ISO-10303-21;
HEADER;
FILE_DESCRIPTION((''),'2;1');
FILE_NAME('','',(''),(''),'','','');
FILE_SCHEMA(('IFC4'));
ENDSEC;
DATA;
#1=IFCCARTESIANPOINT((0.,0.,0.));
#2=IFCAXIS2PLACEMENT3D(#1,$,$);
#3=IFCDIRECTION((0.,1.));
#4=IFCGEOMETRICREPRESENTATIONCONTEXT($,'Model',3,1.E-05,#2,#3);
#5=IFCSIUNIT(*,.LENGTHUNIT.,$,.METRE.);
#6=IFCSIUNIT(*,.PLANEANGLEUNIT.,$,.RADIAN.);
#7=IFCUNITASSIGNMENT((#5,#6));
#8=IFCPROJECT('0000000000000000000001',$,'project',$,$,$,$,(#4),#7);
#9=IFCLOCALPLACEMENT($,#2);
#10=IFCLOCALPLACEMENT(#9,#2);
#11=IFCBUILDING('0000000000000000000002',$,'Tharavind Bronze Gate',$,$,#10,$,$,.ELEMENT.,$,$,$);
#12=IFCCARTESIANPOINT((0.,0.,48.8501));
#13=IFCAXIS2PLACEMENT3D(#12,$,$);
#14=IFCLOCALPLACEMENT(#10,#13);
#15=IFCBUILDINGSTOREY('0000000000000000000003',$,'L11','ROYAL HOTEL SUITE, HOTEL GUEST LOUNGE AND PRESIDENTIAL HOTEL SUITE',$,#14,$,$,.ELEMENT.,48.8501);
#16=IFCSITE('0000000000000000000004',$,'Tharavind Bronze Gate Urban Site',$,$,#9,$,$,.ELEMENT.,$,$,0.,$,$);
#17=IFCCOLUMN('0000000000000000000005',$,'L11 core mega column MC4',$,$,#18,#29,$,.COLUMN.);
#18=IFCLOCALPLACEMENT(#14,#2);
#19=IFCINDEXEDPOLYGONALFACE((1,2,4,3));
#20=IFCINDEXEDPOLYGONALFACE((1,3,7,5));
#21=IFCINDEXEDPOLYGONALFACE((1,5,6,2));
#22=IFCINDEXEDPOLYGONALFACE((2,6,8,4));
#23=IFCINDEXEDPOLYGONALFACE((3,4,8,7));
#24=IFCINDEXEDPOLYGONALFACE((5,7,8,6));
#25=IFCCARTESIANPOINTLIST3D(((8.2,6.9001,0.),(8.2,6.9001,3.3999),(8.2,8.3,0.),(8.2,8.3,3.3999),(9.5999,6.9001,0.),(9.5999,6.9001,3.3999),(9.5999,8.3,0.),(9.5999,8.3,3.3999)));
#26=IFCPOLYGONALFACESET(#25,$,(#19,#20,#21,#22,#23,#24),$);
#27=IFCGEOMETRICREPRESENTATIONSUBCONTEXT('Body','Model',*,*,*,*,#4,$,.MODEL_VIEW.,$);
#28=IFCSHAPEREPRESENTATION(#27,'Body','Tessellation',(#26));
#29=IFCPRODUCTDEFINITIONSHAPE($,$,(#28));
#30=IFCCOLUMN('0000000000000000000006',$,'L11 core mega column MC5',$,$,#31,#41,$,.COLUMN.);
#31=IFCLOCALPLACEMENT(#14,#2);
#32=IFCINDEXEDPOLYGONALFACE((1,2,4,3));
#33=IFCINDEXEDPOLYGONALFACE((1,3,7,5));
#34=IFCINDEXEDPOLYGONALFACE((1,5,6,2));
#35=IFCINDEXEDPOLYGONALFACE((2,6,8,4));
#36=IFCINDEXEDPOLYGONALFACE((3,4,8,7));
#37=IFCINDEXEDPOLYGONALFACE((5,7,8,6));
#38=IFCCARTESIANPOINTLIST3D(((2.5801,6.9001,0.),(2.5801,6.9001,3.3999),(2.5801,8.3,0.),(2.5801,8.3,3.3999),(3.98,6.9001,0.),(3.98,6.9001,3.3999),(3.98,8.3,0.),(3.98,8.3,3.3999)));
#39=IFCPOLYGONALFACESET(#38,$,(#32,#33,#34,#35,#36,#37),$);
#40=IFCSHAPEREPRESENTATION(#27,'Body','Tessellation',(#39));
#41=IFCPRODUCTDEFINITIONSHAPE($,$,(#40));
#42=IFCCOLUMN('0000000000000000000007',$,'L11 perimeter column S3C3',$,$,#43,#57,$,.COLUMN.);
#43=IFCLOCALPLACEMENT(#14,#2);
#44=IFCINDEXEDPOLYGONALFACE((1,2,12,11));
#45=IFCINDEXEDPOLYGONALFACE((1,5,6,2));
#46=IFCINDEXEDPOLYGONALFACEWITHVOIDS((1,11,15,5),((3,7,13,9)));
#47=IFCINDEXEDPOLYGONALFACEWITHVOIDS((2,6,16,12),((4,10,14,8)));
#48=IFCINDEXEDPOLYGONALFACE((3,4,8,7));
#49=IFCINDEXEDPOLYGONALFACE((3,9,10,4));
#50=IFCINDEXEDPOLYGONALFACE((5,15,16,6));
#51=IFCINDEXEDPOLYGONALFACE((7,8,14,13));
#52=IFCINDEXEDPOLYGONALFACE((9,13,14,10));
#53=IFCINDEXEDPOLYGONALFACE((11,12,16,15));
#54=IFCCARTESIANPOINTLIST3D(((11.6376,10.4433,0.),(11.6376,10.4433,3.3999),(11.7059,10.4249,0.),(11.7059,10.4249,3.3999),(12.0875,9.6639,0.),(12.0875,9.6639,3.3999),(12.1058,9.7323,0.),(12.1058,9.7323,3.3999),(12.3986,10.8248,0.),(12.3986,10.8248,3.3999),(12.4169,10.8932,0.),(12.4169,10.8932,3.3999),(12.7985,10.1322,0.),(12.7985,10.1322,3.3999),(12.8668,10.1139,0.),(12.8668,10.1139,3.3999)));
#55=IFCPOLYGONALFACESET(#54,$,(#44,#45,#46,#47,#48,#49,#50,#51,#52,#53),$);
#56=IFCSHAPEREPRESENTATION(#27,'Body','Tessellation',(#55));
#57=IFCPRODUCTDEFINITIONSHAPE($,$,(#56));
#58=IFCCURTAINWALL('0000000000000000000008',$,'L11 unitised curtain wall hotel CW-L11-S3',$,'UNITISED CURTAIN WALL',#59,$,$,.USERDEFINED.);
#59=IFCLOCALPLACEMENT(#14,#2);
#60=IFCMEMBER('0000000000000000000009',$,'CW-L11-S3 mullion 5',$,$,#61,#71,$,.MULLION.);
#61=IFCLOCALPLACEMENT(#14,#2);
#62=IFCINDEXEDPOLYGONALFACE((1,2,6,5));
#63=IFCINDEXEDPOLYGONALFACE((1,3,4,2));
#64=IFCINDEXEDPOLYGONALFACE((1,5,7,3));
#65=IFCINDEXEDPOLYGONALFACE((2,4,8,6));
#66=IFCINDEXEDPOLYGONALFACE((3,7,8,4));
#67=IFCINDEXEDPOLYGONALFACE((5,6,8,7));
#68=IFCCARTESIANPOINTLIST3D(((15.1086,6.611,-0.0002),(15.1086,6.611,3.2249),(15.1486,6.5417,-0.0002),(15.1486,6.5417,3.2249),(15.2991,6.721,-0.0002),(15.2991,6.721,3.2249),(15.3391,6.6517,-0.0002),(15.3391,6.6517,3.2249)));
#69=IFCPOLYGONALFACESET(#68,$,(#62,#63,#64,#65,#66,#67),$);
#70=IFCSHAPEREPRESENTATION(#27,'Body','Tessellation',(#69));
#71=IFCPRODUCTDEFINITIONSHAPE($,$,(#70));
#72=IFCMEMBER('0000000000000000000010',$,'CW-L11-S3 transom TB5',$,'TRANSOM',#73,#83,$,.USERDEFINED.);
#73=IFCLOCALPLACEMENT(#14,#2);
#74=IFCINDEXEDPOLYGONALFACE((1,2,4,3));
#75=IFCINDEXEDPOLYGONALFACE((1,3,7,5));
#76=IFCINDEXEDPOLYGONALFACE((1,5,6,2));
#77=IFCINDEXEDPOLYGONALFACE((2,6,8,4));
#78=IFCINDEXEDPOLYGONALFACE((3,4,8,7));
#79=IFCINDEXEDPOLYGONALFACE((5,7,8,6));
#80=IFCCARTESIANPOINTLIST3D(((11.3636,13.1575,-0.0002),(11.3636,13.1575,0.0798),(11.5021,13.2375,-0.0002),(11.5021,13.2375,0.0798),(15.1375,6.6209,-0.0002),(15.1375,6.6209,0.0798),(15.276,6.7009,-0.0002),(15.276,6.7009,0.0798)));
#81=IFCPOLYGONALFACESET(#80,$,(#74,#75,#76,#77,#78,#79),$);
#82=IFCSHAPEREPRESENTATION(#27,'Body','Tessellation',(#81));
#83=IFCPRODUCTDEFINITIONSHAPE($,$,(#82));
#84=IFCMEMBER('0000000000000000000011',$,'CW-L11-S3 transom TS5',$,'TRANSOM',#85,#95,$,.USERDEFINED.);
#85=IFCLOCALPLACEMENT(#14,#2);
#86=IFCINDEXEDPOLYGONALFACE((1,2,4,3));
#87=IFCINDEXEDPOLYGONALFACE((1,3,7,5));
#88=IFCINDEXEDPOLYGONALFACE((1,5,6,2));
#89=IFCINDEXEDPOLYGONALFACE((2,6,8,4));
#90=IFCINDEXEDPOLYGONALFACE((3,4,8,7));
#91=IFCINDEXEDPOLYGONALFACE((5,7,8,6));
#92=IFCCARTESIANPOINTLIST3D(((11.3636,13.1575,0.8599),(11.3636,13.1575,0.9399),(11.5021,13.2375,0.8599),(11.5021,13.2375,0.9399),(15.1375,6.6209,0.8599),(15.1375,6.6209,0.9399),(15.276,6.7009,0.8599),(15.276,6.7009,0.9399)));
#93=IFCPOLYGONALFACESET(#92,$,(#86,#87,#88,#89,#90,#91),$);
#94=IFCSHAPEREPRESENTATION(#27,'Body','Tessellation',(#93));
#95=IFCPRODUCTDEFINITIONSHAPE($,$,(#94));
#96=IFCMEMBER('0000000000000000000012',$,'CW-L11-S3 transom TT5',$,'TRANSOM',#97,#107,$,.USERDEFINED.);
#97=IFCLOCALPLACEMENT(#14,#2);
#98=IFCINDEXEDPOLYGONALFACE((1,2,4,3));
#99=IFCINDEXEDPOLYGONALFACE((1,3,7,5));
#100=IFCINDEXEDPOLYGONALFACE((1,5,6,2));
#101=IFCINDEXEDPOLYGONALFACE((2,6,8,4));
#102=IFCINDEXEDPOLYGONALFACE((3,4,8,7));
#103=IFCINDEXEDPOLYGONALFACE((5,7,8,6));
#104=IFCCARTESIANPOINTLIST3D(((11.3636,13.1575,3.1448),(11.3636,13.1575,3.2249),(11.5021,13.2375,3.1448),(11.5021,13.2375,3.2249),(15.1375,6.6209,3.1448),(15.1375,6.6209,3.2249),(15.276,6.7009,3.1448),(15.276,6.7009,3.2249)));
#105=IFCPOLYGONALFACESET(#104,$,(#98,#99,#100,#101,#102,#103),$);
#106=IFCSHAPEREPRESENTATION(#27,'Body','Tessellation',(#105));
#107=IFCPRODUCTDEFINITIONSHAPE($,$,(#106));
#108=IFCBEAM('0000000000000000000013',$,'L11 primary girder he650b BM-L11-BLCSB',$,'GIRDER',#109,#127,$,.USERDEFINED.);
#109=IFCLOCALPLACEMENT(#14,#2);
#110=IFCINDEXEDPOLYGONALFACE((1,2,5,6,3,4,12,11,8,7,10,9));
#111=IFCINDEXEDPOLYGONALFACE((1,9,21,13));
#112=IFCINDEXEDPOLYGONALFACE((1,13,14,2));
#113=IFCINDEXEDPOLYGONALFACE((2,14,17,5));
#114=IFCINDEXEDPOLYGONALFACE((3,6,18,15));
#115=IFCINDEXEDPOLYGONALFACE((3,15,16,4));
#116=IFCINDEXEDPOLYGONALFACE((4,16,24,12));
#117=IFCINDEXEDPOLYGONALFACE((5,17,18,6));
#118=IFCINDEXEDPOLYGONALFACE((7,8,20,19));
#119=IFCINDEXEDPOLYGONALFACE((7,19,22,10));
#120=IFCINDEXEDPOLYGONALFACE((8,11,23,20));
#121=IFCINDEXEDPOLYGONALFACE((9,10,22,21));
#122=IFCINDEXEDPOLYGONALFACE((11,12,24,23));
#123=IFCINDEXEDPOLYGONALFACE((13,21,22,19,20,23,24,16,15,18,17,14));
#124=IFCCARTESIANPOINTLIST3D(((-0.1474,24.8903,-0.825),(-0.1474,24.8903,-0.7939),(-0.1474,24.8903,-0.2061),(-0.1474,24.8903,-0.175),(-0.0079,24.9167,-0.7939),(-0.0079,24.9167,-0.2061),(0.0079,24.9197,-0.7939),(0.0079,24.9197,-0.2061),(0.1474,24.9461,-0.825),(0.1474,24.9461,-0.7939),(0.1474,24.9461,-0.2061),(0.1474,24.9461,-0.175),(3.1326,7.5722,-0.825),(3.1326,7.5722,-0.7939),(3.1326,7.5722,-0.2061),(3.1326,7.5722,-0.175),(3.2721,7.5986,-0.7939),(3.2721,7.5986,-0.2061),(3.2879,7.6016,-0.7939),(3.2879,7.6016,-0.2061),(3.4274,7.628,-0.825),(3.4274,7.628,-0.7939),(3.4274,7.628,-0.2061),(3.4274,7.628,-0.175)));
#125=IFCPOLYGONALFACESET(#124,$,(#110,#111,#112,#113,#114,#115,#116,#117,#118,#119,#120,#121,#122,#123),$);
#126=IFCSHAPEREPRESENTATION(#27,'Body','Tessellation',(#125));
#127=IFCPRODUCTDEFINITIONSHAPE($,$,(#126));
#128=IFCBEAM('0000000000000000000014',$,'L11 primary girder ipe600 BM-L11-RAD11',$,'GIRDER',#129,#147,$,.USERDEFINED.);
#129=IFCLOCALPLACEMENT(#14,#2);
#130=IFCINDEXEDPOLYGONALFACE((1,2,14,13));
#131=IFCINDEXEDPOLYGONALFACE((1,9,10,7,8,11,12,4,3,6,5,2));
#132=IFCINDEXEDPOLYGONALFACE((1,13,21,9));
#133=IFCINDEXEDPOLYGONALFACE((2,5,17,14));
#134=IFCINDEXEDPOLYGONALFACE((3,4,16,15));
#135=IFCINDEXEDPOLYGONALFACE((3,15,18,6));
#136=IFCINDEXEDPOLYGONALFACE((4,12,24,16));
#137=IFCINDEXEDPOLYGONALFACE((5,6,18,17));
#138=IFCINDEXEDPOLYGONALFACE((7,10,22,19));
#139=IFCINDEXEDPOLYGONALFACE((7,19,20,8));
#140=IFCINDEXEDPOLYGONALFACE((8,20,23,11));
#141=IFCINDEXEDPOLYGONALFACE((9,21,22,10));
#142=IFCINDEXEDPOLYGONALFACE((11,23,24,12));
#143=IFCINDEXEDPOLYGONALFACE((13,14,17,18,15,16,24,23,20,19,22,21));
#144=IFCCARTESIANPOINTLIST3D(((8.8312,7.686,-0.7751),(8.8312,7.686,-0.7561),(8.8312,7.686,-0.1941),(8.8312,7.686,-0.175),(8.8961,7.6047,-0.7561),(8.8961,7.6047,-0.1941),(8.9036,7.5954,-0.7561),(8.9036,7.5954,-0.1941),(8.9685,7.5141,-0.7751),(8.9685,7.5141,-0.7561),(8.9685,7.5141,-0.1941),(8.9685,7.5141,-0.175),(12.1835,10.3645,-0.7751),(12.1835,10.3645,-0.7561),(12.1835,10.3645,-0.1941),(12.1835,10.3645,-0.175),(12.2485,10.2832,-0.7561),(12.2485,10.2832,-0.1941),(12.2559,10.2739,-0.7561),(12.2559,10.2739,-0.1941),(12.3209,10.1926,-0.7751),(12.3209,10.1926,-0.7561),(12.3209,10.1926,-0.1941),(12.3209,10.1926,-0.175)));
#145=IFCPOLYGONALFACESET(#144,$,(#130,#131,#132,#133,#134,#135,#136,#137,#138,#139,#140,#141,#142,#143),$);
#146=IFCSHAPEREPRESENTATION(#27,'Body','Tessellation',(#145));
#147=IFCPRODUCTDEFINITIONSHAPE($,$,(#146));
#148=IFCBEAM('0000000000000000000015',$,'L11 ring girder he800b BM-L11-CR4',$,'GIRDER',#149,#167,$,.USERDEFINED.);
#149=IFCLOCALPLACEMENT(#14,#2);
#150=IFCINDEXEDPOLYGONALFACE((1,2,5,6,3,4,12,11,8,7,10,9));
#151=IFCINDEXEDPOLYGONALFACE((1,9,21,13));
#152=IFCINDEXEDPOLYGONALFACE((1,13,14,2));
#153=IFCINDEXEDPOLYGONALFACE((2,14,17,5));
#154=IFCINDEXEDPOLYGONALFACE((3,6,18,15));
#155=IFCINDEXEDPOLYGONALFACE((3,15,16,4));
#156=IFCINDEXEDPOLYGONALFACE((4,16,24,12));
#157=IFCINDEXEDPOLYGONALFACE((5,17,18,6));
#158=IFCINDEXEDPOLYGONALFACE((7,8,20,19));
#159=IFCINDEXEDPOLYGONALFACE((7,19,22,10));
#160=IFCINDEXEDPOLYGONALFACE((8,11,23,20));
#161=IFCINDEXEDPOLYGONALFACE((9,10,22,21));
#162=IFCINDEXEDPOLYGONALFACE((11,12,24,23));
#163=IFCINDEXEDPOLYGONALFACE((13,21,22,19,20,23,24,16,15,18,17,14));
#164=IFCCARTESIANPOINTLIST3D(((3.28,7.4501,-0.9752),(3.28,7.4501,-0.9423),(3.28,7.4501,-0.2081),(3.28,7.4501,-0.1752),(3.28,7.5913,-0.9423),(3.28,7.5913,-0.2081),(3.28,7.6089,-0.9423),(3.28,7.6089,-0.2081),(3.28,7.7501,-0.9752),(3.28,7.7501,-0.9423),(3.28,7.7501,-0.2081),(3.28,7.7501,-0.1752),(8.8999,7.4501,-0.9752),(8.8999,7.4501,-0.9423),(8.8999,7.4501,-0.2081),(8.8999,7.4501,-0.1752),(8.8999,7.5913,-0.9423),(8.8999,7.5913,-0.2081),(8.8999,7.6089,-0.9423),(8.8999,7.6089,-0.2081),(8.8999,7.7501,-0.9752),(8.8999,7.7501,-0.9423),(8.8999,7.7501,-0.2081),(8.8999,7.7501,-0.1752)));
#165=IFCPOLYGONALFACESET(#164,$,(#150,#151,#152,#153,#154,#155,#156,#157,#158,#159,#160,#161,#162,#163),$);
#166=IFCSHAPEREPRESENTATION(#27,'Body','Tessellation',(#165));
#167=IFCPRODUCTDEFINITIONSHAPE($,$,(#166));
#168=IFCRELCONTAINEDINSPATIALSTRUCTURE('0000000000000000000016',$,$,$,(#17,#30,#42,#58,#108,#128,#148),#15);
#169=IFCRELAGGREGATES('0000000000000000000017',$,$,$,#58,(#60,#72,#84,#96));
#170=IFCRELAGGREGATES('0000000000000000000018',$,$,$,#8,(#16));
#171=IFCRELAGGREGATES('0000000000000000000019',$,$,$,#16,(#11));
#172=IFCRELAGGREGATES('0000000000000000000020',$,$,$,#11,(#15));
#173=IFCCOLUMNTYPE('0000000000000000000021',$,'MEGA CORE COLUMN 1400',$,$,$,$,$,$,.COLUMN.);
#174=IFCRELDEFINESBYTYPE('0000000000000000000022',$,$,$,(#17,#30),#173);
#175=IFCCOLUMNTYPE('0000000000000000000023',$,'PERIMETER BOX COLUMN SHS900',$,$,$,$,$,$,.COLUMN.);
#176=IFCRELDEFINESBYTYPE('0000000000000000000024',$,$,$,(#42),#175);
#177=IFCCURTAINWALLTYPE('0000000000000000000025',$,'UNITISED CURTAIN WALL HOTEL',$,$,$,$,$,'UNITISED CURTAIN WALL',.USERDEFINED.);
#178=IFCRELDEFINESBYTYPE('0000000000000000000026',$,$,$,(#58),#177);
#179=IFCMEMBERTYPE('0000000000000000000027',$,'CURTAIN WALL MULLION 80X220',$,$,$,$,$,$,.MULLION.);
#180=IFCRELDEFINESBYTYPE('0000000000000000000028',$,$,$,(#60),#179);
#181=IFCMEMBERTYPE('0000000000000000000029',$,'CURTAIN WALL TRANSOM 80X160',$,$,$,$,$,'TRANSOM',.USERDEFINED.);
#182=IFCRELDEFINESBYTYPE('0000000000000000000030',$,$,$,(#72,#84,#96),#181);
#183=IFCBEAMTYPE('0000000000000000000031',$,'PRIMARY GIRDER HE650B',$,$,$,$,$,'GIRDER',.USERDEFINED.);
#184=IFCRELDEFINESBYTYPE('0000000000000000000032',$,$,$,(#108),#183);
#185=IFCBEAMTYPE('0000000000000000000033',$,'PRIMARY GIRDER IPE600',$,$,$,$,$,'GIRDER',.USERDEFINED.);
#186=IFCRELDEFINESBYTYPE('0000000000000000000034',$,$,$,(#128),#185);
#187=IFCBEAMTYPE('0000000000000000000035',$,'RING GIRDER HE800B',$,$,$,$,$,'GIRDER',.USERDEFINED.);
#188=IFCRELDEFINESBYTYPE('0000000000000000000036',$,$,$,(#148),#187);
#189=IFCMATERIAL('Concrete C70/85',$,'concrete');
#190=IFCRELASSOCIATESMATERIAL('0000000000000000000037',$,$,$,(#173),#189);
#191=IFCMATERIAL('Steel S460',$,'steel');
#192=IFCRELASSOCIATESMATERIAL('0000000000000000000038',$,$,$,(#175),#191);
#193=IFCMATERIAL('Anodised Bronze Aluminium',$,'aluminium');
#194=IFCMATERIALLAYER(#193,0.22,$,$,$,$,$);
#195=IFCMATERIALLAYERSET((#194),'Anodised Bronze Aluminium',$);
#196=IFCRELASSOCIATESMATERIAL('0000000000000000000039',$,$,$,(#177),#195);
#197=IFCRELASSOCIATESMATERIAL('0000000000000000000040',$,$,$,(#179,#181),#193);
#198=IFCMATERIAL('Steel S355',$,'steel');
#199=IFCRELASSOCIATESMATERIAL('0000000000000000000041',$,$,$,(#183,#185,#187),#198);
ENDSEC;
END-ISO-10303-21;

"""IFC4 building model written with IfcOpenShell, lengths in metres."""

from ifc_helpers import new_model, si_unit, direction, frame, origin, origin_2d, place, context, subcontext, project, spatial, rectangle, hollow_rectangle, i_section, extrude, material, layer, layer_set, material_profile, profile_set, type_object, element, aggregate, save


model = new_model("IFC4")

# Units and contexts
model_context = context("Model", 3, precision=1e-05, world=origin(), true_north=direction((0.0, 1.0)))
body_context = subcontext(model_context, "Body", "Model", "MODEL_VIEW")
ifc_project = project(units=[si_unit("LENGTHUNIT", "METRE"), si_unit("PLANEANGLEUNIT", "RADIAN")], contexts=[model_context])

# Site, building, storey
site_placement = place(None, origin())
site = spatial("IfcSite", under=ifc_project, at=site_placement, Name="Tharavind Bronze Gate Urban Site", CompositionType="ELEMENT", RefElevation=0.0)
building_placement = place(site_placement, origin())
building = spatial("IfcBuilding", under=site, at=building_placement, Name="Tharavind Bronze Gate", CompositionType="ELEMENT")
storey_placement = place(building_placement, frame((0.0, 0.0, 48.8501)))
storey = spatial("IfcBuildingStorey", under=building, at=storey_placement, Name="L11", Description="ROYAL HOTEL SUITE, HOTEL GUEST LOUNGE AND PRESIDENTIAL HOTEL SUITE", CompositionType="ELEMENT", Elevation=48.8501)

# Columns
ifc_material_1 = material(Name="Concrete C70/85", Category="concrete")
ifc_material_profile_1 = material_profile(ifc_material_1, rectangle(XDim=1.3999, YDim=1.3999, at=origin_2d()), Name="RCCOL1400")
ifc_profile_set_1 = profile_set([ifc_material_profile_1], Name="Concrete C70/85")
column_type_1 = type_object("IfcColumnType", Name="MEGA CORE COLUMN 1400", PredefinedType="COLUMN", material=ifc_profile_set_1)
for number, where, z_axis, x_axis, name in (
    (1, (8.8999, 7.6001, 0.0), (0.0, 0.0, 1.0), (1.0, 0.0, 0.0), "L11 core mega column MC4"),
    (2, (3.28, 7.6001, 0.0), (0.0, 0.0, 1.0), (1.0, 0.0, 0.0), "L11 core mega column MC5"),
):
    element("IfcColumn", number, at=place(storey_placement, frame(where, z_axis=z_axis, x_axis=x_axis)), inside=storey, type_object=column_type_1, Name=name, PredefinedType="COLUMN", context=body_context, shape_type="SweptSolid", body=[
        extrude(rectangle(XDim=1.3999, YDim=1.3999, at=origin_2d()), origin(), (0.0, 0.0, 1.0), 3.3999),
    ])
ifc_material_2 = material(Name="Steel S460", Category="steel")
ifc_material_profile_2 = material_profile(ifc_material_2, hollow_rectangle(XDim=0.8999, YDim=0.8999, WallThickness=0.05, at=origin_2d()), Name="SHS900X50")
ifc_profile_set_2 = profile_set([ifc_material_profile_2], Name="Steel S460")
column_type_2 = type_object("IfcColumnType", Name="PERIMETER BOX COLUMN SHS900", PredefinedType="COLUMN", material=ifc_profile_set_2)
column_placement = place(storey_placement, frame((12.2522, 10.2786, 0.0), z_axis=(0.0, 0.0, 1.0), x_axis=(-0.500002, 0.866025, 0.0)))
element("IfcColumn", 3, at=column_placement, inside=storey, type_object=column_type_2, Name="L11 perimeter column S3C3", PredefinedType="COLUMN", context=body_context, shape_type="SweptSolid", body=[
    extrude(hollow_rectangle(XDim=0.8999, YDim=0.8999, WallThickness=0.05, at=origin_2d()), origin(), (0.0, 0.0, 1.0), 3.3999),
])

# Curtain wall, members
ifc_material_3 = material(Name="Anodised Bronze Aluminium", Category="aluminium")
ifc_layer_1 = layer(ifc_material_3, 0.22)
ifc_layer_set_1 = layer_set([ifc_layer_1], Name="Anodised Bronze Aluminium")
curtain_wall_type = type_object("IfcCurtainWallType", Name="UNITISED CURTAIN WALL HOTEL", ElementType="UNITISED CURTAIN WALL", PredefinedType="USERDEFINED", material=ifc_layer_set_1)
curtain_wall_placement = place(storey_placement, origin())
curtain_wall = element("IfcCurtainWall", 4, at=curtain_wall_placement, inside=storey, type_object=curtain_wall_type, Name="L11 unitised curtain wall hotel CW-L11-S3", ObjectType="UNITISED CURTAIN WALL", PredefinedType="USERDEFINED")
member_type_1 = type_object("IfcMemberType", Name="CURTAIN WALL MULLION 80X220", PredefinedType="MULLION", material=ifc_material_3)
member_1_placement = place(storey_placement, frame((15.2239, 6.6313, -0.0002), z_axis=(0.0, 0.0, 1.0), x_axis=(-0.500002, 0.866025, 0.0)))
member_1 = element("IfcMember", 5, at=member_1_placement, type_object=member_type_1, Name="CW-L11-S3 mullion 5", PredefinedType="MULLION", context=body_context, shape_type="SweptSolid", body=[
    extrude(rectangle(XDim=0.0801, YDim=0.22, at=origin_2d()), origin(), (0.0, 0.0, 1.0), 3.2251),
])
member_type_2 = type_object("IfcMemberType", Name="CURTAIN WALL TRANSOM 80X160", ElementType="TRANSOM", PredefinedType="USERDEFINED", material=ifc_material_3)
member_2_placement = place(storey_placement, frame((13.3198, 9.9292, -0.0002), z_axis=(0.0, 0.0, 1.0), x_axis=(-0.500002, 0.866025, 0.0)))
member_2 = element("IfcMember", 6, at=member_2_placement, type_object=member_type_2, Name="CW-L11-S3 transom TB5", ObjectType="TRANSOM", PredefinedType="USERDEFINED", context=body_context, shape_type="SweptSolid", body=[
    extrude(rectangle(XDim=7.5479, YDim=0.1599, at=origin_2d()), origin(), (0.0, 0.0, 1.0), 0.0801),
])
member_3_placement = place(storey_placement, frame((13.3198, 9.9292, 0.8599), z_axis=(0.0, 0.0, 1.0), x_axis=(-0.500002, 0.866025, 0.0)))
member_3 = element("IfcMember", 7, at=member_3_placement, type_object=member_type_2, Name="CW-L11-S3 transom TS5", ObjectType="TRANSOM", PredefinedType="USERDEFINED", context=body_context, shape_type="SweptSolid", body=[
    extrude(rectangle(XDim=7.5479, YDim=0.1599, at=origin_2d()), origin(), (0.0, 0.0, 1.0), 0.0801),
])
member_4_placement = place(storey_placement, frame((13.3198, 9.9292, 3.1448), z_axis=(0.0, 0.0, 1.0), x_axis=(-0.500002, 0.866025, 0.0)))
member_4 = element("IfcMember", 8, at=member_4_placement, type_object=member_type_2, Name="CW-L11-S3 transom TT5", ObjectType="TRANSOM", PredefinedType="USERDEFINED", context=body_context, shape_type="SweptSolid", body=[
    extrude(rectangle(XDim=7.5479, YDim=0.1599, at=origin_2d()), origin(), (0.0, 0.0, 1.0), 0.0801),
])

# Beams
ifc_material_4 = material(Name="Steel S355", Category="steel")
ifc_material_profile_3 = material_profile(ifc_material_4, i_section(OverallWidth=0.3, OverallDepth=0.6499, WebThickness=0.0161, FlangeThickness=0.031, at=origin_2d()), Name="HE650B")
ifc_profile_set_3 = profile_set([ifc_material_profile_3], Name="Steel S355")
beam_type_1 = type_object("IfcBeamType", Name="PRIMARY GIRDER HE650B", ElementType="GIRDER", PredefinedType="USERDEFINED", material=ifc_profile_set_3)
beam_1_placement = place(storey_placement, frame((3.28, 7.6001, -0.5), z_axis=(-0.18609, 0.982533, 0.0), x_axis=(-0.982533, -0.18609, 0.0)))
element("IfcBeam", 9, at=beam_1_placement, inside=storey, type_object=beam_type_1, Name="L11 primary girder he650b BM-L11-BLCSB", ObjectType="GIRDER", PredefinedType="USERDEFINED", context=body_context, shape_type="SweptSolid", body=[
    extrude(i_section(OverallWidth=0.3, OverallDepth=0.6499, WebThickness=0.0161, FlangeThickness=0.031, at=origin_2d()), origin(), (0.0, 0.0, 1.0), 17.626),
])
ifc_material_profile_4 = material_profile(ifc_material_4, i_section(OverallWidth=0.22, OverallDepth=0.6001, WebThickness=0.012, FlangeThickness=0.019, at=origin_2d()), Name="IPE600")
ifc_profile_set_4 = profile_set([ifc_material_profile_4], Name="Steel S355")
beam_type_2 = type_object("IfcBeamType", Name="PRIMARY GIRDER IPE600", ElementType="GIRDER", PredefinedType="USERDEFINED", material=ifc_profile_set_4)
beam_2_placement = place(storey_placement, frame((12.2522, 10.2786, -0.4751), z_axis=(-0.781252, -0.624216, 0.0), x_axis=(0.624216, -0.781252, 0.0)))
element("IfcBeam", 10, at=beam_2_placement, inside=storey, type_object=beam_type_2, Name="L11 primary girder ipe600 BM-L11-RAD11", ObjectType="GIRDER", PredefinedType="USERDEFINED", context=body_context, shape_type="SweptSolid", body=[
    extrude(i_section(OverallWidth=0.22, OverallDepth=0.6001, WebThickness=0.012, FlangeThickness=0.019, at=origin_2d()), origin(), (0.0, 0.0, 1.0), 4.291),
])
ifc_material_profile_5 = material_profile(ifc_material_4, i_section(OverallWidth=0.3, OverallDepth=0.8, WebThickness=0.0176, FlangeThickness=0.033, at=origin_2d()), Name="HE800B")
ifc_profile_set_5 = profile_set([ifc_material_profile_5], Name="Steel S355")
beam_type_3 = type_object("IfcBeamType", Name="RING GIRDER HE800B", ElementType="GIRDER", PredefinedType="USERDEFINED", material=ifc_profile_set_5)
beam_3_placement = place(storey_placement, frame((8.8999, 7.6001, -0.5752), z_axis=(-1.0, 0.0, 0.0), x_axis=(0.0, -1.0, 0.0)))
element("IfcBeam", 11, at=beam_3_placement, inside=storey, type_object=beam_type_3, Name="L11 ring girder he800b BM-L11-CR4", ObjectType="GIRDER", PredefinedType="USERDEFINED", context=body_context, shape_type="SweptSolid", body=[
    extrude(i_section(OverallWidth=0.3, OverallDepth=0.8, WebThickness=0.0176, FlangeThickness=0.033, at=origin_2d()), origin(), (0.0, 0.0, 1.0), 5.6199),
])

aggregate(curtain_wall, [member_1, member_2, member_3, member_4])

save(model, "model.ifc")
